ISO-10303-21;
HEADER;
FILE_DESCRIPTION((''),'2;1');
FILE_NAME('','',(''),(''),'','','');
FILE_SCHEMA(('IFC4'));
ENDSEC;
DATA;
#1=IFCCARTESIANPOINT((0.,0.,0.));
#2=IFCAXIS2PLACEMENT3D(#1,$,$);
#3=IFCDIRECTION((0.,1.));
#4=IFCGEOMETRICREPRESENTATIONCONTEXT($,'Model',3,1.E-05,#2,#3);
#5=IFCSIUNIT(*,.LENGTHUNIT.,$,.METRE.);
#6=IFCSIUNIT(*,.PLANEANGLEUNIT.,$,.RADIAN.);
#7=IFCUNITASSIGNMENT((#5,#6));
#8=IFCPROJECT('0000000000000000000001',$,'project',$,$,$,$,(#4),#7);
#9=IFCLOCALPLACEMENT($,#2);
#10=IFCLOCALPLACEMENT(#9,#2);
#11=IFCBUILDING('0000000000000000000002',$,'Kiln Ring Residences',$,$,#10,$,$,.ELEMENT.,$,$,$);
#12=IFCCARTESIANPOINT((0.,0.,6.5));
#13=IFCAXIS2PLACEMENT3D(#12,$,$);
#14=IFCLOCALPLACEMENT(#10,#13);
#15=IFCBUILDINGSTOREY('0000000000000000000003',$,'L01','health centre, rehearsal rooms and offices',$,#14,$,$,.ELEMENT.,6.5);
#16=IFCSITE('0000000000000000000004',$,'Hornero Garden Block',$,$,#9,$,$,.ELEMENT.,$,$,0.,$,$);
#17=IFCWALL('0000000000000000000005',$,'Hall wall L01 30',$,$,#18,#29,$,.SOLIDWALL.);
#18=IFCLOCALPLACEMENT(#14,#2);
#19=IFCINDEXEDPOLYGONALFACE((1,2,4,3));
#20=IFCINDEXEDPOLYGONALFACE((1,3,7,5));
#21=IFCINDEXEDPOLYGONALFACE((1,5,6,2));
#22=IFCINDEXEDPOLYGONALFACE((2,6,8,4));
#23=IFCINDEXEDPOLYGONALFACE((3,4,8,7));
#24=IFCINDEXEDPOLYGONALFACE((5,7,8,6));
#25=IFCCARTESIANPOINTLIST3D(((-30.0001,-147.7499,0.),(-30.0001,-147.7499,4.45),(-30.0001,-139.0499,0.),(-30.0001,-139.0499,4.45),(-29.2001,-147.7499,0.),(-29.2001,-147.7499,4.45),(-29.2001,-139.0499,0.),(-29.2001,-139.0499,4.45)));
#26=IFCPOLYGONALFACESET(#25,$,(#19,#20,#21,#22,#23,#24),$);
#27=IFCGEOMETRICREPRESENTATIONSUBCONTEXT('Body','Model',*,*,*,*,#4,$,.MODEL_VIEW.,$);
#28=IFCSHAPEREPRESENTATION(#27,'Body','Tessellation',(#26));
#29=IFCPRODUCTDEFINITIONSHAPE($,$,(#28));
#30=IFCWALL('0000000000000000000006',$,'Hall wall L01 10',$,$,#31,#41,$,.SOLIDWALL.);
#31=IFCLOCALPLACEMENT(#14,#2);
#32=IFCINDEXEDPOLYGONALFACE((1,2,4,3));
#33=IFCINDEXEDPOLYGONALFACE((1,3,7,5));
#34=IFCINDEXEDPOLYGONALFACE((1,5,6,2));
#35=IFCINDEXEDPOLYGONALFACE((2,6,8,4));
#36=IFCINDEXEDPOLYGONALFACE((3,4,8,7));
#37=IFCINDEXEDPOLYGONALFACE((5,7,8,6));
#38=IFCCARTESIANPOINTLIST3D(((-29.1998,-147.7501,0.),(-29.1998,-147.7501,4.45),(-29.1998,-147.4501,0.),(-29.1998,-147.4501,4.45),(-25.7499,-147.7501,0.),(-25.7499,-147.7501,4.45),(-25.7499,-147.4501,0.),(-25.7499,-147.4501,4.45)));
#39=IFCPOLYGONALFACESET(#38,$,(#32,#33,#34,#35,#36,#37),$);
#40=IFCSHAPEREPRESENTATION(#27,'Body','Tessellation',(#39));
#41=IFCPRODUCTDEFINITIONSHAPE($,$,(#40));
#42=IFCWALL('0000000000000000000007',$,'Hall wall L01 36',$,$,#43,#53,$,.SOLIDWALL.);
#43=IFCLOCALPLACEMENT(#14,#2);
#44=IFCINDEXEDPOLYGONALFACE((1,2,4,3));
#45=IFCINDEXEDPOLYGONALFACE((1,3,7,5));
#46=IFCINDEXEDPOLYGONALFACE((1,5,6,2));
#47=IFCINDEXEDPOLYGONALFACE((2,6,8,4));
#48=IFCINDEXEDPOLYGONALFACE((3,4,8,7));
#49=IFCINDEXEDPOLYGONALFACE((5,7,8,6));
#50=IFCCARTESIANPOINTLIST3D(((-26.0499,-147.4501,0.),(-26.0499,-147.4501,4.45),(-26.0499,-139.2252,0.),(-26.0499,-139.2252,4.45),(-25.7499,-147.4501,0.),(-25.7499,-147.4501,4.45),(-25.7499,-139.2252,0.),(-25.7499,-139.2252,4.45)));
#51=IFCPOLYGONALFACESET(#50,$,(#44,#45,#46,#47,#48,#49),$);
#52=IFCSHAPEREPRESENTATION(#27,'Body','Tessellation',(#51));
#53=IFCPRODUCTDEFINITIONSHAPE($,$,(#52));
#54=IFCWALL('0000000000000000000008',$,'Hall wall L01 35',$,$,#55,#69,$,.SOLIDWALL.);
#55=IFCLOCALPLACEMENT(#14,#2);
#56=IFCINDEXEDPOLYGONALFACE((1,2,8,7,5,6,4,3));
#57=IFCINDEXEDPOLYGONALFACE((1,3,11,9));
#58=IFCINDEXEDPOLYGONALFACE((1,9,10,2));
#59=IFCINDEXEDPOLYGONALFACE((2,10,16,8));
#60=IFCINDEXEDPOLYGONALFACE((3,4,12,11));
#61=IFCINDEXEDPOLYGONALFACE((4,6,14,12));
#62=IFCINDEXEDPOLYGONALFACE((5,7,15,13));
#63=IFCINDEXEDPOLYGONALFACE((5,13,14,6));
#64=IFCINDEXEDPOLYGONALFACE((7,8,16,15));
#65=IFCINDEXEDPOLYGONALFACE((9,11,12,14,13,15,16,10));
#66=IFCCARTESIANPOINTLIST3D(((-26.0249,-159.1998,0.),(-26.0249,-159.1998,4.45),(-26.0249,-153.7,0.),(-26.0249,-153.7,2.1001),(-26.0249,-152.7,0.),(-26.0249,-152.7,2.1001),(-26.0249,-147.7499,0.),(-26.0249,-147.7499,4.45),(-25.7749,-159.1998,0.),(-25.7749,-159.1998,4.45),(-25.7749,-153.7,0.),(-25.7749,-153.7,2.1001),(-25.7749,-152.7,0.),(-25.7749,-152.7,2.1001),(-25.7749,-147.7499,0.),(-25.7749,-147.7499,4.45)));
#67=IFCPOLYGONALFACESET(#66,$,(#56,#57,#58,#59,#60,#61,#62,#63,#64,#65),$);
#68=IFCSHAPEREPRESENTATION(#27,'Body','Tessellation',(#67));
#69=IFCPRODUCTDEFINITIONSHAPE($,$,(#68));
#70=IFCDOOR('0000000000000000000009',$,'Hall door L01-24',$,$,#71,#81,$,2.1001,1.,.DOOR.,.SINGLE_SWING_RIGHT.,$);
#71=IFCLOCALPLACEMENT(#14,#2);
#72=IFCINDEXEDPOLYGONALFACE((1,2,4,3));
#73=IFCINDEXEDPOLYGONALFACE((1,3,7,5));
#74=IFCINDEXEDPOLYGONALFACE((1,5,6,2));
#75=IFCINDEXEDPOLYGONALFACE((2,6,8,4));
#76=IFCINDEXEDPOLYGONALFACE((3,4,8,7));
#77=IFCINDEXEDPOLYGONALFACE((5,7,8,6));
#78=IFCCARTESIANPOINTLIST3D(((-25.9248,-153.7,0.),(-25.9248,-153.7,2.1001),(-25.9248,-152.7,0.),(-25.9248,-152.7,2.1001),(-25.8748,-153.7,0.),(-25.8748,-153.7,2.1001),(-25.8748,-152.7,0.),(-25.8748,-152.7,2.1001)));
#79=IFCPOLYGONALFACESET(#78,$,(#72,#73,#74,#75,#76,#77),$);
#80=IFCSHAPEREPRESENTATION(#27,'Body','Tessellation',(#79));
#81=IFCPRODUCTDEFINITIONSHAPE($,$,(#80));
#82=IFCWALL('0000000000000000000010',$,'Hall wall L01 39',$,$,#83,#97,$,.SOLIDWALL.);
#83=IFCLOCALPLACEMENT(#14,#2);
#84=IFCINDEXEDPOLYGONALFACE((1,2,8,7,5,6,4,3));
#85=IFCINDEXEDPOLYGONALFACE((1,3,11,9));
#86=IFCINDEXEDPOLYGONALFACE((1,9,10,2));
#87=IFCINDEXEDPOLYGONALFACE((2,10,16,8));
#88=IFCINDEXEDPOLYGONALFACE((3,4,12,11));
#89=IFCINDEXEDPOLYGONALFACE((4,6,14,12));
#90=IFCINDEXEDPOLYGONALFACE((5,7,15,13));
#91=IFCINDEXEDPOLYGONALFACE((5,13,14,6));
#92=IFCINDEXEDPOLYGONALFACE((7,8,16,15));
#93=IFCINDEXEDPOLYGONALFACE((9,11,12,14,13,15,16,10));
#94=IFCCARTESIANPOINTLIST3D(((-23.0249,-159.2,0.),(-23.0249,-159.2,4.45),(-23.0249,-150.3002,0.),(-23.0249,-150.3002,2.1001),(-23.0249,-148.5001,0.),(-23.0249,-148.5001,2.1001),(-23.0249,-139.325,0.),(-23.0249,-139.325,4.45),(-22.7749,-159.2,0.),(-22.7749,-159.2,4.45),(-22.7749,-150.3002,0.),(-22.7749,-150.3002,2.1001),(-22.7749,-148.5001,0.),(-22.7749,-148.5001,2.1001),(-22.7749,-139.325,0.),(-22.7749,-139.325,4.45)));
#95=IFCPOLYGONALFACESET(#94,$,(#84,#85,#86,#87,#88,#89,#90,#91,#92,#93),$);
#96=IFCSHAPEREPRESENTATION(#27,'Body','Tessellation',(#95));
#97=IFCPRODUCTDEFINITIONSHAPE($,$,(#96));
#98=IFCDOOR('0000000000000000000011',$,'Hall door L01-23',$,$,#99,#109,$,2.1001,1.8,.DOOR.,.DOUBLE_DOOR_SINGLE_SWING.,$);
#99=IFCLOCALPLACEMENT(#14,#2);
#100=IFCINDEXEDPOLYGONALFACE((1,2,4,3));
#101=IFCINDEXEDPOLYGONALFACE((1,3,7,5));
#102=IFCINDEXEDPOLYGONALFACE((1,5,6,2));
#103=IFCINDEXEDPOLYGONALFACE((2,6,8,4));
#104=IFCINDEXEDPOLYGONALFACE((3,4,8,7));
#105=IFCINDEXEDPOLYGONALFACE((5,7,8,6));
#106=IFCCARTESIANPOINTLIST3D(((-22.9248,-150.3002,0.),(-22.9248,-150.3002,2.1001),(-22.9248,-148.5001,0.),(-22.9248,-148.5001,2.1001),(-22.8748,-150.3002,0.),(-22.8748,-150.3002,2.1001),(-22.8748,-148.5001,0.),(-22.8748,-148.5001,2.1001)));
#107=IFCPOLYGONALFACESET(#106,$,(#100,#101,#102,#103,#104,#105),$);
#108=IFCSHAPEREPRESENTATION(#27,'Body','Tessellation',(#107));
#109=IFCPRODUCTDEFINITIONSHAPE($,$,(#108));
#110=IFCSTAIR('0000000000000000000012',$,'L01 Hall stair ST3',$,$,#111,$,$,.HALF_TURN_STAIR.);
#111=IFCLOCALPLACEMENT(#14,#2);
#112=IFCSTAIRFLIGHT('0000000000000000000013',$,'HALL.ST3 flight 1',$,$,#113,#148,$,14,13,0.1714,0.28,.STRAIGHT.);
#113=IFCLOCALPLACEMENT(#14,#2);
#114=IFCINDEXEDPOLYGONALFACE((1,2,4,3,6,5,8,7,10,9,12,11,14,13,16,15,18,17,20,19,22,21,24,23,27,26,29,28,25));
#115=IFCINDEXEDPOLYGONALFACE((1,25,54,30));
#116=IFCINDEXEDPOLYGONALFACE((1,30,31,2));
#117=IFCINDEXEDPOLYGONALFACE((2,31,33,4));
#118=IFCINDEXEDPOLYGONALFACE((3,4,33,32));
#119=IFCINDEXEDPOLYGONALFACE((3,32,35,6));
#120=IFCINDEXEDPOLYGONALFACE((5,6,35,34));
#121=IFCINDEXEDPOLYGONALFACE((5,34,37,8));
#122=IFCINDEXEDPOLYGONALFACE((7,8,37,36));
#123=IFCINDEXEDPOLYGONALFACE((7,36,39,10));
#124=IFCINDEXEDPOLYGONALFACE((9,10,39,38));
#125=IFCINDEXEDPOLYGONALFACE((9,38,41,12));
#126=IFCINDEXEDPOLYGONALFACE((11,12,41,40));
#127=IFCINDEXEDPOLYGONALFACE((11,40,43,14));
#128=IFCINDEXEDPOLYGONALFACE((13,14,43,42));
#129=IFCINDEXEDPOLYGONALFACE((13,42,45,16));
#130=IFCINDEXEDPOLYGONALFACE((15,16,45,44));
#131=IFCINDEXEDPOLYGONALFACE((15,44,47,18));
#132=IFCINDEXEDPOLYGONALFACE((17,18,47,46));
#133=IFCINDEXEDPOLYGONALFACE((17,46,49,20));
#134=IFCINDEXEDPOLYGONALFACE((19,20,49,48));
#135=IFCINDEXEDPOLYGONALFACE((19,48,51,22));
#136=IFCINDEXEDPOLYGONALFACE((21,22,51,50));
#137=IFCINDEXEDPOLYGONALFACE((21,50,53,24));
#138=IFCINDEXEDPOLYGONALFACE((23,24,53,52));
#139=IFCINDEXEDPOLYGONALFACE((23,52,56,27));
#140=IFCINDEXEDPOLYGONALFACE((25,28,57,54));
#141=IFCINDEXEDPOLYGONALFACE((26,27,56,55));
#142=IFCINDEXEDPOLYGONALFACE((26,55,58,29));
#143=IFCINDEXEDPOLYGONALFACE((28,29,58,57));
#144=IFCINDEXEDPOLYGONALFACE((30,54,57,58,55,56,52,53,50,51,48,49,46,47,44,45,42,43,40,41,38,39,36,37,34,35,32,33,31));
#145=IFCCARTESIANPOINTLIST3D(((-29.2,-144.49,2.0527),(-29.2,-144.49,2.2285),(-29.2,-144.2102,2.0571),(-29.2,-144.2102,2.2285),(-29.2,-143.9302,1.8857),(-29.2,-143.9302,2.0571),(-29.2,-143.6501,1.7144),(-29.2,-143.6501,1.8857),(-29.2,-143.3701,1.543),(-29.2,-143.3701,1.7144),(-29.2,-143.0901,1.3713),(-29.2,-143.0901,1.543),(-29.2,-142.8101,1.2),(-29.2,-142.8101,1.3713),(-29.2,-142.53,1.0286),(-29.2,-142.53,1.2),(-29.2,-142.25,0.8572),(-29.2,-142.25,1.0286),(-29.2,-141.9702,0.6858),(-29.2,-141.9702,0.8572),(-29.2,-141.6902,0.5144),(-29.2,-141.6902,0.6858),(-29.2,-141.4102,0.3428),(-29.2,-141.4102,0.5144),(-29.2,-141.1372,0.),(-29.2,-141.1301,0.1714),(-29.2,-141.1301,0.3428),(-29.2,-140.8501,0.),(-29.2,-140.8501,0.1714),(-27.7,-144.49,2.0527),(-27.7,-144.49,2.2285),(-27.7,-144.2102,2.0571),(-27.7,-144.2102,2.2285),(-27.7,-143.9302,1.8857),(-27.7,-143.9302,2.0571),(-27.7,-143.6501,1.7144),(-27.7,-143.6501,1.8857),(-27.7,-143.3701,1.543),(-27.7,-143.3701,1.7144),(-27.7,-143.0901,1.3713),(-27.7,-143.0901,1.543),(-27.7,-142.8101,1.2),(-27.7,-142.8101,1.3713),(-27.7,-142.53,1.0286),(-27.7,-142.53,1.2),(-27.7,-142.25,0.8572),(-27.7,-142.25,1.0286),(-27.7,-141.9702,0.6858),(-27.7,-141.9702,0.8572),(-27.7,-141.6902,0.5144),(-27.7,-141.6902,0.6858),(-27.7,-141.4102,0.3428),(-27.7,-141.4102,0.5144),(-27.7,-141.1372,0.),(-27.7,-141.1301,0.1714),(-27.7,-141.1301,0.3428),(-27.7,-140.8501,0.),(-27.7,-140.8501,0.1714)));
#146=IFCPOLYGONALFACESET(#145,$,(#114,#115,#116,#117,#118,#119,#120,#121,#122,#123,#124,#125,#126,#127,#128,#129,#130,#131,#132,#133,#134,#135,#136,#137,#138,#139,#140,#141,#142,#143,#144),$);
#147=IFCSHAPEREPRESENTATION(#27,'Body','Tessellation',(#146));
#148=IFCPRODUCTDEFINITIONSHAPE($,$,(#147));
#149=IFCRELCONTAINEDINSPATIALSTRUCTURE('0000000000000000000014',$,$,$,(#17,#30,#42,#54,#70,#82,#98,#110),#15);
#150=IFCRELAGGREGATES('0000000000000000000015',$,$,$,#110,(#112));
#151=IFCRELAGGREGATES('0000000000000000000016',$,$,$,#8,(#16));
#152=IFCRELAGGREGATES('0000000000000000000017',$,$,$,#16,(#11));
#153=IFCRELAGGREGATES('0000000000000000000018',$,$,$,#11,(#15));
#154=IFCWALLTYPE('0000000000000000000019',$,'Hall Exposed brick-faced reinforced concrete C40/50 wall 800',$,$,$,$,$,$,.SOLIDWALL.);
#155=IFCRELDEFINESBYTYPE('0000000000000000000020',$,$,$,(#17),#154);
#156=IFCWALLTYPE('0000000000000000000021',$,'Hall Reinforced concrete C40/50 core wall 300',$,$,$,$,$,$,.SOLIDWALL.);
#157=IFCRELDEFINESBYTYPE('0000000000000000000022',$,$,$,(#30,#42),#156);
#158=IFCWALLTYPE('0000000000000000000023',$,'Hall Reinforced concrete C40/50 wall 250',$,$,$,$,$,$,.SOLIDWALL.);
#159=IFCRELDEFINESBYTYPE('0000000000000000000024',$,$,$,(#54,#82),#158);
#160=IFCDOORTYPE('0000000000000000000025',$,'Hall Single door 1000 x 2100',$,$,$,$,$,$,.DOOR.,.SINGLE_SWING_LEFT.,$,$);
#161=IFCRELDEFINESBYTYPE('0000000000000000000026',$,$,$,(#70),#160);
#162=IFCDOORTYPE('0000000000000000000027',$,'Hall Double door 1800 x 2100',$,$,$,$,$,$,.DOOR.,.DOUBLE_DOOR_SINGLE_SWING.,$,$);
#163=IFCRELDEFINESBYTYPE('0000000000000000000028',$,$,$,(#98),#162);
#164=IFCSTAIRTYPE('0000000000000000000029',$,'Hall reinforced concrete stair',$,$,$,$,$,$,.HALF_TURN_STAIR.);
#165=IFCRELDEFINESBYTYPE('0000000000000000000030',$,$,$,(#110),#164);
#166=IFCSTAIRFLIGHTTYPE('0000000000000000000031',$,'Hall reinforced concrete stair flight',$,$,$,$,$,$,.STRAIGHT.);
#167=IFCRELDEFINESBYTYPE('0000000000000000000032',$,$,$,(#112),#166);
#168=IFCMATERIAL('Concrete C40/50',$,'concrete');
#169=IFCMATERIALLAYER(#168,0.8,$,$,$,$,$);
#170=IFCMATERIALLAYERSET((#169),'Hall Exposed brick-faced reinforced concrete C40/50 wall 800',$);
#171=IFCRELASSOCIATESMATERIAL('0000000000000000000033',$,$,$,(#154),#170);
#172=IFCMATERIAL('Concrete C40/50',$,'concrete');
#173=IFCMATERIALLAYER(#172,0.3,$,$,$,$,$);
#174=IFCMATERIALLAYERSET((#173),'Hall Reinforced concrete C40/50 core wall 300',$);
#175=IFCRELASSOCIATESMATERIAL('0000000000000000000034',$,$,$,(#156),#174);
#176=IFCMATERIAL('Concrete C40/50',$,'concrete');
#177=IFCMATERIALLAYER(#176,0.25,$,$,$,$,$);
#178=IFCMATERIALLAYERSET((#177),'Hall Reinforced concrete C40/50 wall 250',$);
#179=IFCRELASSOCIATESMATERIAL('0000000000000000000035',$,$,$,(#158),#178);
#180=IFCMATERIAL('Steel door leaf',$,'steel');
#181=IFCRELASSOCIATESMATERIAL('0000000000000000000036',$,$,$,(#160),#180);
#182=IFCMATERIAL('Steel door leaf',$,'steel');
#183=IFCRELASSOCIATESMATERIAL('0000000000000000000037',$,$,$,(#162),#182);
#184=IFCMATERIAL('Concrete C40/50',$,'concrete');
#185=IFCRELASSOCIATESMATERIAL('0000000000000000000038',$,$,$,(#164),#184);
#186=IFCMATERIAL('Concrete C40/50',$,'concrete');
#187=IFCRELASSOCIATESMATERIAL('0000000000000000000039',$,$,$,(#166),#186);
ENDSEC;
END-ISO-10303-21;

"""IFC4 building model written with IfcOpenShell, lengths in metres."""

from ifc_helpers import new_model, si_unit, direction, frame, frame_2d, origin, place, context, subcontext, project, spatial, polyline, rectangle, outline, extrude, material, layer, layer_set, type_object, element, fill, aggregate, save


model = new_model("IFC4")

# Units and contexts
model_context = context("Model", 3, precision=1e-05, world=origin(), true_north=direction((0.0, 1.0)))
body_context = subcontext(model_context, "Body", "Model", "MODEL_VIEW")
ifc_project = project(units=[si_unit("LENGTHUNIT", "METRE"), si_unit("PLANEANGLEUNIT", "RADIAN")], contexts=[model_context])

# Site, building, storey
site_placement = place(None, origin())
site = spatial("IfcSite", under=ifc_project, at=site_placement, Name="Hornero Garden Block", CompositionType="ELEMENT", RefElevation=0.0)
building_placement = place(site_placement, origin())
building = spatial("IfcBuilding", under=site, at=building_placement, Name="Kiln Ring Residences", CompositionType="ELEMENT")
storey_placement = place(building_placement, frame((0.0, 0.0, 6.5)))
storey = spatial("IfcBuildingStorey", under=building, at=storey_placement, Name="L01", Description="health centre, rehearsal rooms and offices", CompositionType="ELEMENT", Elevation=6.5)

# Shared definitions
ifc_material_1 = material(Name="Concrete C40/50", Category="concrete")
ifc_layer_1 = layer(ifc_material_1, 0.8)
ifc_layer_set_1 = layer_set([ifc_layer_1], Name="Hall Exposed brick-faced reinforced concrete C40/50 wall 800")
wall_type_1 = type_object("IfcWallType", Name="Hall Exposed brick-faced reinforced concrete C40/50 wall 800", PredefinedType="SOLIDWALL", material=ifc_layer_set_1)

# Walls
wall_1_placement = place(storey_placement, frame((-29.6001, -147.75, 0.0), z_axis=(0.0, 0.0, 1.0), x_axis=(0.0, 1.0, 0.0)))
element("IfcWall", 1, at=wall_1_placement, inside=storey, type_object=wall_type_1, Name="Hall wall L01 30", PredefinedType="SOLIDWALL", context=body_context, shape_type="SweptSolid", body=[
    extrude(rectangle(XDim=8.7, YDim=0.8, at=frame_2d((4.3501, 0.0))), origin(), (0.0, 0.0, 1.0), 4.45),
])
ifc_material_2 = material(Name="Concrete C40/50", Category="concrete")
ifc_layer_2 = layer(ifc_material_2, 0.3)
ifc_layer_set_2 = layer_set([ifc_layer_2], Name="Hall Reinforced concrete C40/50 core wall 300")
wall_type_2 = type_object("IfcWallType", Name="Hall Reinforced concrete C40/50 core wall 300", PredefinedType="SOLIDWALL", material=ifc_layer_set_2)
wall_2_placement = place(storey_placement, frame((-29.2, -147.6001, 0.0), z_axis=(0.0, 0.0, 1.0), x_axis=(1.0, 0.0, 0.0)))
element("IfcWall", 2, at=wall_2_placement, inside=storey, type_object=wall_type_2, Name="Hall wall L01 10", PredefinedType="SOLIDWALL", context=body_context, shape_type="SweptSolid", body=[
    extrude(rectangle(XDim=3.45, YDim=0.3, at=frame_2d((1.7251, 0.0))), origin(), (0.0, 0.0, 1.0), 4.45),
])
wall_3_placement = place(storey_placement, frame((-25.8999, -147.45, 0.0), z_axis=(0.0, 0.0, 1.0), x_axis=(0.0, 1.0, 0.0)))
element("IfcWall", 3, at=wall_3_placement, inside=storey, type_object=wall_type_2, Name="Hall wall L01 36", PredefinedType="SOLIDWALL", context=body_context, shape_type="SweptSolid", body=[
    extrude(rectangle(XDim=8.2249, YDim=0.3, at=frame_2d((4.1123, 0.0))), origin(), (0.0, 0.0, 1.0), 4.45),
])

# Walls, openings, doors
ifc_material_3 = material(Name="Concrete C40/50", Category="concrete")
ifc_layer_3 = layer(ifc_material_3, 0.25)
ifc_layer_set_3 = layer_set([ifc_layer_3], Name="Hall Reinforced concrete C40/50 wall 250")
wall_type_3 = type_object("IfcWallType", Name="Hall Reinforced concrete C40/50 wall 250", PredefinedType="SOLIDWALL", material=ifc_layer_set_3)
wall_4_placement = place(storey_placement, frame((-25.8999, -159.2, 0.0), z_axis=(0.0, 0.0, 1.0), x_axis=(0.0, 1.0, 0.0)))
wall_4 = element("IfcWall", 4, at=wall_4_placement, inside=storey, type_object=wall_type_3, Name="Hall wall L01 35", PredefinedType="SOLIDWALL", context=body_context, shape_type="SweptSolid", body=[
    extrude(rectangle(XDim=11.45, YDim=0.25, at=frame_2d((5.7251, 0.0))), origin(), (0.0, 0.0, 1.0), 4.45),
])
opening_1_placement = place(wall_4_placement, frame((5.5, 0.0, 0.0)))
opening_1 = element("IfcOpeningElement", 5, at=opening_1_placement, cuts=wall_4, PredefinedType="OPENING", context=body_context, shape_type="SweptSolid", body=[
    extrude(rectangle(XDim=1.0, YDim=2.1001, at=frame_2d((0.5, 1.05))), frame((0.0, 0.135, 0.0), z_axis=(0.0, -1.0, 0.0), x_axis=(1.0, 0.0, 0.0)), (0.0, 0.0, 1.0), 0.27),
])
ifc_material_4 = material(Name="Steel door leaf", Category="steel")
door_type_1 = type_object("IfcDoorType", Name="Hall Single door 1000 x 2100", OperationType="SINGLE_SWING_LEFT", PredefinedType="DOOR", material=ifc_material_4)
door_1_placement = place(opening_1_placement, origin())
door_1 = element("IfcDoor", 6, at=door_1_placement, inside=storey, type_object=door_type_1, Name="Hall door L01-24", OperationType="SINGLE_SWING_RIGHT", OverallHeight=2.1001, OverallWidth=1.0, PredefinedType="DOOR", context=body_context, shape_type="SweptSolid", body=[
    extrude(rectangle(XDim=1.0, YDim=2.1001, at=frame_2d((0.5, 1.05))), frame((0.0, 0.0249, 0.0), z_axis=(0.0, -1.0, 0.0), x_axis=(1.0, 0.0, 0.0)), (0.0, 0.0, 1.0), 0.05),
])
fill(opening_1, door_1)
wall_5_placement = place(storey_placement, frame((-22.8999, -159.2, 0.0), z_axis=(0.0, 0.0, 1.0), x_axis=(0.0, 1.0, 0.0)))
wall_5 = element("IfcWall", 7, at=wall_5_placement, inside=storey, type_object=wall_type_3, Name="Hall wall L01 39", PredefinedType="SOLIDWALL", context=body_context, shape_type="SweptSolid", body=[
    extrude(rectangle(XDim=19.875, YDim=0.25, at=frame_2d((9.9375, 0.0))), origin(), (0.0, 0.0, 1.0), 4.45),
])
opening_2_placement = place(wall_5_placement, frame((8.8999, 0.0, 0.0)))
opening_2 = element("IfcOpeningElement", 8, at=opening_2_placement, cuts=wall_5, PredefinedType="OPENING", context=body_context, shape_type="SweptSolid", body=[
    extrude(rectangle(XDim=1.8, YDim=2.1001, at=frame_2d((0.8999, 1.05))), frame((0.0, 0.135, 0.0), z_axis=(0.0, -1.0, 0.0), x_axis=(1.0, 0.0, 0.0)), (0.0, 0.0, 1.0), 0.27),
])
ifc_material_5 = material(Name="Steel door leaf", Category="steel")
door_type_2 = type_object("IfcDoorType", Name="Hall Double door 1800 x 2100", OperationType="DOUBLE_DOOR_SINGLE_SWING", PredefinedType="DOOR", material=ifc_material_5)
door_2_placement = place(opening_2_placement, origin())
door_2 = element("IfcDoor", 9, at=door_2_placement, inside=storey, type_object=door_type_2, Name="Hall door L01-23", OperationType="DOUBLE_DOOR_SINGLE_SWING", OverallHeight=2.1001, OverallWidth=1.8, PredefinedType="DOOR", context=body_context, shape_type="SweptSolid", body=[
    extrude(rectangle(XDim=1.8, YDim=2.1001, at=frame_2d((0.8999, 1.05))), frame((0.0, 0.0249, 0.0), z_axis=(0.0, -1.0, 0.0), x_axis=(1.0, 0.0, 0.0)), (0.0, 0.0, 1.0), 0.05),
])
fill(opening_2, door_2)

# Stair, stair flight
ifc_material_6 = material(Name="Concrete C40/50", Category="concrete")
stair_type = type_object("IfcStairType", Name="Hall reinforced concrete stair", PredefinedType="HALF_TURN_STAIR", material=ifc_material_6)
stair_placement = place(storey_placement, origin())
stair = element("IfcStair", 10, at=stair_placement, inside=storey, type_object=stair_type, Name="L01 Hall stair ST3", PredefinedType="HALF_TURN_STAIR")
ifc_material_7 = material(Name="Concrete C40/50", Category="concrete")
stair_flight_type = type_object("IfcStairFlightType", Name="Hall reinforced concrete stair flight", PredefinedType="STRAIGHT", material=ifc_material_7)
stair_flight_1_placement = place(storey_placement, frame((-28.45, -140.8501, 0.0), z_axis=(0.0, 0.0, 1.0), x_axis=(0.0, -1.0, 0.0)))
stair_flight_1 = element("IfcStairFlight", 11, at=stair_flight_1_placement, type_object=stair_flight_type, Name="HALL.ST3 flight 1", NumberOfRisers=14, NumberOfTreads=13, PredefinedType="STRAIGHT", RiserHeight=0.1714, TreadLength=0.28, context=body_context, shape_type="SweptSolid", body=[
    extrude(outline(polyline([(0.0, 0.0), (0.0, 0.1714), (0.28, 0.1714), (0.28, 0.3428), (0.5601, 0.3428), (0.5601, 0.5144), (0.8401, 0.5144), (0.8401, 0.6858), (1.1201, 0.6858), (1.1201, 0.8572), (1.3999, 0.8572), (1.3999, 1.0286), (1.6799, 1.0286), (1.6799, 1.2), (1.96, 1.2), (1.96, 1.3713), (2.24, 1.3713), (2.24, 1.543), (2.52, 1.543), (2.52, 1.7144), (2.8, 1.7144), (2.8, 1.8857), (3.0801, 1.8857), (3.0801, 2.0571), (3.3601, 2.0571), (3.3601, 2.2285), (3.6399, 2.2285), (3.6399, 2.3999), (3.6399, 2.0527), (0.2871, 0.0), (0.0, 0.0)])), frame((0.0, 0.75, 0.0), z_axis=(0.0, -1.0, 0.0), x_axis=(1.0, 0.0, 0.0)), (0.0, 0.0, 1.0), 1.5),
])
aggregate(stair, [stair_flight_1])

save(model, "model.ifc")
